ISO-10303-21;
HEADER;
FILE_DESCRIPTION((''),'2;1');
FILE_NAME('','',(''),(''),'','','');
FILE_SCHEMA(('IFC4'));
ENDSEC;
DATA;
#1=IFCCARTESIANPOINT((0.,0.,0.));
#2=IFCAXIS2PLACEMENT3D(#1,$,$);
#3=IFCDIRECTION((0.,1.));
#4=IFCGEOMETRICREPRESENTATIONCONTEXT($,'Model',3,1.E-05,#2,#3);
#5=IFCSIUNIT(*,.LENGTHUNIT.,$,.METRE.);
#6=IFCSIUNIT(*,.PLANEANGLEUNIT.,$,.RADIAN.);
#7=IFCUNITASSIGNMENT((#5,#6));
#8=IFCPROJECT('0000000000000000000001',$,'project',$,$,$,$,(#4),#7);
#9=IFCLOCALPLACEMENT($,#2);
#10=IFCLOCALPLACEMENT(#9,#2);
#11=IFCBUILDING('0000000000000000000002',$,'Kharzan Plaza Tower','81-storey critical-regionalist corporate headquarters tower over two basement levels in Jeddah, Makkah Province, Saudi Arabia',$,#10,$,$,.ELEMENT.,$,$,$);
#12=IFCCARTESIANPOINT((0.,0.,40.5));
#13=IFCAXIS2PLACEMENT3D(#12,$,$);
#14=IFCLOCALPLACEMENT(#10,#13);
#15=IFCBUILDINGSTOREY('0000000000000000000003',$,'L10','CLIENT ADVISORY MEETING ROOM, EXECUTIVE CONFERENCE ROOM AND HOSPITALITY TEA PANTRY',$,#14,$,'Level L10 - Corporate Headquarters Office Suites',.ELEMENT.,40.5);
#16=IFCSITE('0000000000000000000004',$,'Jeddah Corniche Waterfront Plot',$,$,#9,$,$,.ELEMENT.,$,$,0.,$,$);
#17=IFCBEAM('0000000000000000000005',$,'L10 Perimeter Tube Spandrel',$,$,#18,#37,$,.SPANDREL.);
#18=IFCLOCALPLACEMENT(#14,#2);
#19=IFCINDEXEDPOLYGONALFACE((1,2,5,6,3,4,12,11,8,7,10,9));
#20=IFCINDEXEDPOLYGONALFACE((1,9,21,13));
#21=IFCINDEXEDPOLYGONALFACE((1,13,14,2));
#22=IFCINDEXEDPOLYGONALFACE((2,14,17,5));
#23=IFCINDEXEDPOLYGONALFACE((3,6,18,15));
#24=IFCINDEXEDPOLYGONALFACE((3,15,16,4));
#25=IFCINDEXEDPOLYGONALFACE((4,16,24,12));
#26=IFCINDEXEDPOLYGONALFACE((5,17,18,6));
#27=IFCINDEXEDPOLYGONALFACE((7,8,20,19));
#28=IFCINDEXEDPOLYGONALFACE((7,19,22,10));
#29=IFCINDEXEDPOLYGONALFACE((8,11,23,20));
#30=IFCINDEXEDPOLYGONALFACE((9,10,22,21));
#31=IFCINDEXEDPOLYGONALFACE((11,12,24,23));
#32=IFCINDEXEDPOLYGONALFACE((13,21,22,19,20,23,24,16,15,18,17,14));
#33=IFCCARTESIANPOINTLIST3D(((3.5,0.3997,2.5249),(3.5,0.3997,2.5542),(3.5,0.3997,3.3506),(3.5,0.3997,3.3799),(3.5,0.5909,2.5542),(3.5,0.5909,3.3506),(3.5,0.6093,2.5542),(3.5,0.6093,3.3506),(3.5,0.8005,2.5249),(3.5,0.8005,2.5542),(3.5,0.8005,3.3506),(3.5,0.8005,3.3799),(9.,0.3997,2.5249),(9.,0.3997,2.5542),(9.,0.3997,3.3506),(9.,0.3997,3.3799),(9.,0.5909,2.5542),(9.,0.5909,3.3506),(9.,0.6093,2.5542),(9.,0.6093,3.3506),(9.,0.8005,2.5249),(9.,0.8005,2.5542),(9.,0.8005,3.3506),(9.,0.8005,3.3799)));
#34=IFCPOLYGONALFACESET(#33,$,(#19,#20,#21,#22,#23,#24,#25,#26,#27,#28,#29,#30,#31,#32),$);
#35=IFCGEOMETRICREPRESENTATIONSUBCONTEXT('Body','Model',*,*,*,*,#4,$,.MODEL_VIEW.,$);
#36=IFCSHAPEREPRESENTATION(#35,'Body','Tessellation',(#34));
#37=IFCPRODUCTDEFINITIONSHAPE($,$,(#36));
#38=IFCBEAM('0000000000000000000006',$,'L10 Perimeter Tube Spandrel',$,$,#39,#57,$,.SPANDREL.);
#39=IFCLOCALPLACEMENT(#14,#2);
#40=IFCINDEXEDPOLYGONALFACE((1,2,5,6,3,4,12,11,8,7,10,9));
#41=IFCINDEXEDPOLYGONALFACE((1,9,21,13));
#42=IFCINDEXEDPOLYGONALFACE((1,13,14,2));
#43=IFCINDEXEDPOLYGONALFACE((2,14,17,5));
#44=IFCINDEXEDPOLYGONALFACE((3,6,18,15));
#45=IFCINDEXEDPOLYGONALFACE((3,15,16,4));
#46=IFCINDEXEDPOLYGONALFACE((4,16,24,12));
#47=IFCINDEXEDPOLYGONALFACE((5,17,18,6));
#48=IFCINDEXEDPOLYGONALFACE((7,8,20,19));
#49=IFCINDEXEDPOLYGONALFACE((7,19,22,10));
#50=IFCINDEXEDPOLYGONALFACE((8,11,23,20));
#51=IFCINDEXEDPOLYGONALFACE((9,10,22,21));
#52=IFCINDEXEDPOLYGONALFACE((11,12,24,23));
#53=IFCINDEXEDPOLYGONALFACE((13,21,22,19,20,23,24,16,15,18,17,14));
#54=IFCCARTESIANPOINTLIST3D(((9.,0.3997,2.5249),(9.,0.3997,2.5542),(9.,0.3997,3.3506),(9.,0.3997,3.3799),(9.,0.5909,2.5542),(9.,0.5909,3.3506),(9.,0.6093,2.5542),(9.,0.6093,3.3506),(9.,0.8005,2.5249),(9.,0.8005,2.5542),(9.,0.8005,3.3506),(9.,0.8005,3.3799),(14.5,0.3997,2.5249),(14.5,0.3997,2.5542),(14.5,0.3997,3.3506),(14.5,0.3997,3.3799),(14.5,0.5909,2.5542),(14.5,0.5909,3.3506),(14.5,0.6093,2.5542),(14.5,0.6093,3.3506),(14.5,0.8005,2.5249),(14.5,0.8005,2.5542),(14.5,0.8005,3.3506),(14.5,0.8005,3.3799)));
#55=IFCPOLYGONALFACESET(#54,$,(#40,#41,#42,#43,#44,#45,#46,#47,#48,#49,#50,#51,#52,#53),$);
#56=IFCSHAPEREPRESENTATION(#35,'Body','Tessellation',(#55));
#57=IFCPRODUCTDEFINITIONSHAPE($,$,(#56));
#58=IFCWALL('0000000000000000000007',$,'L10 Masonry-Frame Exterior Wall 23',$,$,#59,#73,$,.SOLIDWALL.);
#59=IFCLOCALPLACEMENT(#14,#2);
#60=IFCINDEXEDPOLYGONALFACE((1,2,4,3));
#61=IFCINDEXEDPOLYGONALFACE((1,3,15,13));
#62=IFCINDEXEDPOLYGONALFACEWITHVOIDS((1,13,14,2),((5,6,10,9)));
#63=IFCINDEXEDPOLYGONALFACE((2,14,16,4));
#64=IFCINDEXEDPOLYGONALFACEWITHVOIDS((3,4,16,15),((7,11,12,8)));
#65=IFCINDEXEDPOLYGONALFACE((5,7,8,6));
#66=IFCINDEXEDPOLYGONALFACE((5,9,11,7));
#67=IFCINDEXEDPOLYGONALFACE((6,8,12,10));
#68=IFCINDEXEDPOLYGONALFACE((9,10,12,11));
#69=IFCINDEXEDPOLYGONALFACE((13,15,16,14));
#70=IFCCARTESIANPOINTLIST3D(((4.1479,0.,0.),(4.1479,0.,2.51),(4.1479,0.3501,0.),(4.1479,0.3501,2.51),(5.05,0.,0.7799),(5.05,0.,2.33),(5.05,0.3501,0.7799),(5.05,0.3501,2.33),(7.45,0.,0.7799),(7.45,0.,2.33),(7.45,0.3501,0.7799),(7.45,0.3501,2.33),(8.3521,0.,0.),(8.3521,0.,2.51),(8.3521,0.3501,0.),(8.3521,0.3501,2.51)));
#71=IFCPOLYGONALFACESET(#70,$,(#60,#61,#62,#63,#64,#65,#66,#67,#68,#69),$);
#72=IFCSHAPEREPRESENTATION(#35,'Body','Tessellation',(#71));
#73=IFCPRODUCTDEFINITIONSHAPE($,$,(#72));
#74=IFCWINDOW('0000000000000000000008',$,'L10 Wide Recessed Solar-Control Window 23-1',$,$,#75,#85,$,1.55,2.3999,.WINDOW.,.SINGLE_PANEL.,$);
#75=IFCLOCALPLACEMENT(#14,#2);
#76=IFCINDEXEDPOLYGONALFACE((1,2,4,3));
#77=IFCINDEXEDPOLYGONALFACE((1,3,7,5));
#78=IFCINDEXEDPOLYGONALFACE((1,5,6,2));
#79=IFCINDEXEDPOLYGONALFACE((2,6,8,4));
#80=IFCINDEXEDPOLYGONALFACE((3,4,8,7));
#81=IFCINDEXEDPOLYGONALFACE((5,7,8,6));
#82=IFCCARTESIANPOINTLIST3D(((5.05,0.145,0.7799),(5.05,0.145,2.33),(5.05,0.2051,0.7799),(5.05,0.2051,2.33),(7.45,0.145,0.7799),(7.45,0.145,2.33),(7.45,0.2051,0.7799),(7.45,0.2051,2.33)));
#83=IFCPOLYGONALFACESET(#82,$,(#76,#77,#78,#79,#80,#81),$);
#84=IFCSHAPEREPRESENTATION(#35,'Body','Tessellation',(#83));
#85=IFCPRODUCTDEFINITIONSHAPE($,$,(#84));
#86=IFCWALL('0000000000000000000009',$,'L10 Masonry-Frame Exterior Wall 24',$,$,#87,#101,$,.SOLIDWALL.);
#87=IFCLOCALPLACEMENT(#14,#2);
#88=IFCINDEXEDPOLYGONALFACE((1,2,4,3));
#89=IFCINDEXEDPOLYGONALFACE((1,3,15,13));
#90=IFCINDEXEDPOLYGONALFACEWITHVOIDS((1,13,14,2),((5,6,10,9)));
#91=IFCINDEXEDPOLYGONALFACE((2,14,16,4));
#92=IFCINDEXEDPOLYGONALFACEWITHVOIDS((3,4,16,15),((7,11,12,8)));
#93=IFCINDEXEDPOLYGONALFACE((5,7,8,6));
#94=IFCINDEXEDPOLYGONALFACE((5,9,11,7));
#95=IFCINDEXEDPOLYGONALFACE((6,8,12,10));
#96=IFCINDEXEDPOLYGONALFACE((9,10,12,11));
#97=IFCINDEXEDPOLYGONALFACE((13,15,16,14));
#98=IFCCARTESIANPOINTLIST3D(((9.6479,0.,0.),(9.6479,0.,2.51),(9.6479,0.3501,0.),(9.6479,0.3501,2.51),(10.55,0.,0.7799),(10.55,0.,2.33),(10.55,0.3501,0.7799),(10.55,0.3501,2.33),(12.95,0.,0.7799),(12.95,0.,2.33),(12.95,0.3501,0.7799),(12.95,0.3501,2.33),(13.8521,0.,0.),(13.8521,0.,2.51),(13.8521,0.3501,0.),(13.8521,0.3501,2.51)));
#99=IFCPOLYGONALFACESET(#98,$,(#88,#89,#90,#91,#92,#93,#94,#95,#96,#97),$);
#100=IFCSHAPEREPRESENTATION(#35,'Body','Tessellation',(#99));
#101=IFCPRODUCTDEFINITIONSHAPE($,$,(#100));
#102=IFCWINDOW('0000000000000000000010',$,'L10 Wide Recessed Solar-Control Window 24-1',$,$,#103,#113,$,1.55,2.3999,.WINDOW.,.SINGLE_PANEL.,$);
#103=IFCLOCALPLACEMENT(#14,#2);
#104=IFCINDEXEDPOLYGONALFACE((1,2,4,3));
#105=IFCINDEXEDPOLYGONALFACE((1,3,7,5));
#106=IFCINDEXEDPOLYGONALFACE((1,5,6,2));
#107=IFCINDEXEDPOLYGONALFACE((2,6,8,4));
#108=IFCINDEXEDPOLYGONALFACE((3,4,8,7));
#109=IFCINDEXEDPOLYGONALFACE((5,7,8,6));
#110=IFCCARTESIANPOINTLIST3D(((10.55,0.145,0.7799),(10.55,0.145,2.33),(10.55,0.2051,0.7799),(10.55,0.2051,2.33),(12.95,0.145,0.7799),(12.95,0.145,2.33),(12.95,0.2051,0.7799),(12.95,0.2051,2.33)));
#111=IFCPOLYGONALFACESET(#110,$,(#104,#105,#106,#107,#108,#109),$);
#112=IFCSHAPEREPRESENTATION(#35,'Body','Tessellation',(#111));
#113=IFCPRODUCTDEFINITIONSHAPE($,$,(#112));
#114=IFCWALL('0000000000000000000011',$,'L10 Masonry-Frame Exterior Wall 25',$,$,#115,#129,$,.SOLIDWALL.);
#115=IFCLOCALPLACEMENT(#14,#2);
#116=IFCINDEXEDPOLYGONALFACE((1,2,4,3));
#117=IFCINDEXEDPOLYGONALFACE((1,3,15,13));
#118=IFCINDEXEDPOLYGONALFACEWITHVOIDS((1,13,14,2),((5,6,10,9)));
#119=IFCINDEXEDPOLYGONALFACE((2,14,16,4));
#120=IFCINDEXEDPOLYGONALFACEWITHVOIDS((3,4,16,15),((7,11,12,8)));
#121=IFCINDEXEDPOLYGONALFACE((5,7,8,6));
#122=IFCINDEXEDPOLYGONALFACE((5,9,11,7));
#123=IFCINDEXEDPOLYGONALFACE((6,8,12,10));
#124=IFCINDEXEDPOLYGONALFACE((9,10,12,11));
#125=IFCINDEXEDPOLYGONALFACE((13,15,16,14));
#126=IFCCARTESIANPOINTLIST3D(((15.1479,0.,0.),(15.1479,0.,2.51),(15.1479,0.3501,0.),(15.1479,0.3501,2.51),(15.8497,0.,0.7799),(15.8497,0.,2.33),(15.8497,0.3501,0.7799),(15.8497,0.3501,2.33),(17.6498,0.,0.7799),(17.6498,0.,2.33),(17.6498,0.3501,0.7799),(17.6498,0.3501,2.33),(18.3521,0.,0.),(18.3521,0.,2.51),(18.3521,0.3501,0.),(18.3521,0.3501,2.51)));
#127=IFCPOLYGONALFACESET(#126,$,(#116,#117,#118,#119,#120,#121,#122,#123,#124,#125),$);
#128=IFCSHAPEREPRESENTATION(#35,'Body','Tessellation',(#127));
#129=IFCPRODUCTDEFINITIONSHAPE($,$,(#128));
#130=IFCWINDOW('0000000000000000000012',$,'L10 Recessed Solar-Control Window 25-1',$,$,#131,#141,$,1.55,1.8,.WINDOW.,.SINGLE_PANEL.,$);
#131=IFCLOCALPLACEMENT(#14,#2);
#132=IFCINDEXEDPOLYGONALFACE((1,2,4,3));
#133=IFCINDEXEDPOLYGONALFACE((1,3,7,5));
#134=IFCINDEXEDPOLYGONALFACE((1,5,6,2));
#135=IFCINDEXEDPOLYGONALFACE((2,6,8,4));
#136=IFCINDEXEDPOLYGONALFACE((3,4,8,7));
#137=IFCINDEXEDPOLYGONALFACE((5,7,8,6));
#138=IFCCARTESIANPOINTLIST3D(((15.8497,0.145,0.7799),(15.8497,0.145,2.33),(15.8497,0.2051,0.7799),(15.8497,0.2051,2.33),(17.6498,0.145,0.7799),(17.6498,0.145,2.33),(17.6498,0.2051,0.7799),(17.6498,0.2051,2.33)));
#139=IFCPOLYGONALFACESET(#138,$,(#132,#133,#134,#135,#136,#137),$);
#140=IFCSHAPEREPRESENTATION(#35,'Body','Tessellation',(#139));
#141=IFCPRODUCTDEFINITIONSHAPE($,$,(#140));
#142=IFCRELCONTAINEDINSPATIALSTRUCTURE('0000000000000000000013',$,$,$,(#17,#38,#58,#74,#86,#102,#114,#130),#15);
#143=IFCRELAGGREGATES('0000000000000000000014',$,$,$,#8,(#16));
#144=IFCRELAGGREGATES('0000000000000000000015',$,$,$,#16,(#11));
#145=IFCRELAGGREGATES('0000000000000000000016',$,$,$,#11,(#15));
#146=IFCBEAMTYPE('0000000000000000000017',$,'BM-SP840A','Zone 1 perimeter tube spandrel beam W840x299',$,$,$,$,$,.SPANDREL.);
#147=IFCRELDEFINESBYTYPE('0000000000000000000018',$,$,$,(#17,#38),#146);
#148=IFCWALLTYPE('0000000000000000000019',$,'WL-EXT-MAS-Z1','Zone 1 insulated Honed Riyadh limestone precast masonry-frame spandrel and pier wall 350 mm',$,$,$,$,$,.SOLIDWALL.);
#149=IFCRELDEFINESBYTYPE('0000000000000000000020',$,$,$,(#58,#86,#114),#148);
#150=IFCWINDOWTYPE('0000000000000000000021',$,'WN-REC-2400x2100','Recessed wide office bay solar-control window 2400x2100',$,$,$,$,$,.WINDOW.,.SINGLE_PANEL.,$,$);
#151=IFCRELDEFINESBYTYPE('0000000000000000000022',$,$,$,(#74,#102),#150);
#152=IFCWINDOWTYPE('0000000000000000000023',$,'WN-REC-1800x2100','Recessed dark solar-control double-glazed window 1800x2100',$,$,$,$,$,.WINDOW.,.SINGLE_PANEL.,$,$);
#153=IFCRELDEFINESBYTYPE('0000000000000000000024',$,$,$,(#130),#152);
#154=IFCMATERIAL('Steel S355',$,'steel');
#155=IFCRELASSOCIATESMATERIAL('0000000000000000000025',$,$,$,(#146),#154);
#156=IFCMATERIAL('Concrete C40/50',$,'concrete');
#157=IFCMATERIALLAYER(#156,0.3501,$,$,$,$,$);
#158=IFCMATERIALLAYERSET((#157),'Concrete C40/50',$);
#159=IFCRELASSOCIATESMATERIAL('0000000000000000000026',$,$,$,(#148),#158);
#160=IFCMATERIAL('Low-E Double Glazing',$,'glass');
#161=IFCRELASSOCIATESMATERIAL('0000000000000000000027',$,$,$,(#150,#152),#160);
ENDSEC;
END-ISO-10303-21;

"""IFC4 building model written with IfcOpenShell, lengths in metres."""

from ifc_helpers import new_model, si_unit, direction, frame, frame_2d, origin, origin_2d, place, context, subcontext, project, spatial, rectangle, i_section, extrude, source, transform, mapped, material, layer, layer_set, material_profile, profile_set, type_object, element, fill, save


model = new_model("IFC4")

# Units and contexts
model_context = context("Model", 3, precision=1e-05, world=origin(), true_north=direction((0.0, 1.0)))
body_context = subcontext(model_context, "Body", "Model", "MODEL_VIEW")
ifc_project = project(units=[si_unit("LENGTHUNIT", "METRE"), si_unit("PLANEANGLEUNIT", "RADIAN")], contexts=[model_context])

# Site, building, storey
site_placement = place(None, origin())
site = spatial("IfcSite", under=ifc_project, at=site_placement, Name="Jeddah Corniche Waterfront Plot", CompositionType="ELEMENT", RefElevation=0.0)
building_placement = place(site_placement, origin())
building = spatial("IfcBuilding", under=site, at=building_placement, Name="Kharzan Plaza Tower", Description="81-storey critical-regionalist corporate headquarters tower over two basement levels in Jeddah, Makkah Province, Saudi Arabia", CompositionType="ELEMENT")
storey_placement = place(building_placement, frame((0.0, 0.0, 40.5)))
storey = spatial("IfcBuildingStorey", under=building, at=storey_placement, Name="L10", Description="CLIENT ADVISORY MEETING ROOM, EXECUTIVE CONFERENCE ROOM AND HOSPITALITY TEA PANTRY", LongName="Level L10 - Corporate Headquarters Office Suites", CompositionType="ELEMENT", Elevation=40.5)

# Beams
ifc_material_1 = material(Name="Steel S355", Category="steel")
ifc_material_profile_1 = material_profile(ifc_material_1, i_section(OverallWidth=0.4009, OverallDepth=0.855, WebThickness=0.0183, FlangeThickness=0.0293, at=origin_2d()), Name="W840x299")
ifc_profile_set_1 = profile_set([ifc_material_profile_1], Name="Steel S355")
beam_type_1 = type_object("IfcBeamType", Name="BM-SP840A", Description="Zone 1 perimeter tube spandrel beam W840x299", PredefinedType="SPANDREL", material=ifc_profile_set_1)
shared_shape_1 = source(origin(), body_context, "Body", "SweptSolid", [
    extrude(i_section(OverallWidth=0.4009, OverallDepth=0.855, WebThickness=0.0183, FlangeThickness=0.0293, at=origin_2d()), origin(), (0.0, 0.0, 1.0), 5.5),
])
for number, where, z_axis, x_axis, name in (
    (1, (3.5, 0.6001, 2.9524), (1.0, 0.0, 0.0), (0.0, 1.0, 0.0), "L10 Perimeter Tube Spandrel"),
    (2, (9.0, 0.6001, 2.9524), (1.0, 0.0, 0.0), (0.0, 1.0, 0.0), "L10 Perimeter Tube Spandrel"),
):
    element("IfcBeam", number, at=place(storey_placement, frame(where, z_axis=z_axis, x_axis=x_axis)), inside=storey, type_object=beam_type_1, Name=name, PredefinedType="SPANDREL", context=body_context, shape_type="MappedRepresentation", body=[
        mapped(shared_shape_1, transform((0.0, 0.0, 0.0), x_axis=(1.0, 0.0, 0.0), y_axis=(0.0, 1.0, 0.0), z_axis=(0.0, 0.0, 1.0))),
    ])

# Walls, openings, windows
ifc_material_2 = material(Name="Concrete C40/50", Category="concrete")
ifc_layer_1 = layer(ifc_material_2, 0.3501)
ifc_layer_set_1 = layer_set([ifc_layer_1], Name="Concrete C40/50")
wall_type_1 = type_object("IfcWallType", Name="WL-EXT-MAS-Z1", Description="Zone 1 insulated Honed Riyadh limestone precast masonry-frame spandrel and pier wall 350 mm", PredefinedType="SOLIDWALL", material=ifc_layer_set_1)
wall_1_placement = place(storey_placement, frame((4.1479, 0.175, 0.0), z_axis=(0.0, 0.0, 1.0), x_axis=(1.0, 0.0, 0.0)))
wall_1 = element("IfcWall", 3, at=wall_1_placement, inside=storey, type_object=wall_type_1, Name="L10 Masonry-Frame Exterior Wall 23", PredefinedType="SOLIDWALL", context=body_context, shape_type="SweptSolid", body=[
    extrude(rectangle(XDim=4.2041, YDim=0.3501, at=frame_2d((2.1021, 0.0))), origin(), (0.0, 0.0, 1.0), 2.51),
])
opening_1_placement = place(wall_1_placement, frame((0.9021, 0.0, 0.78)))
opening_1 = element("IfcOpeningElement", 4, at=opening_1_placement, cuts=wall_1, PredefinedType="OPENING", context=body_context, shape_type="SweptSolid", body=[
    extrude(rectangle(XDim=2.3999, YDim=1.55, at=frame_2d((1.2, 0.7749))), frame((0.0, 0.1851, 0.0), z_axis=(0.0, -1.0, 0.0), x_axis=(1.0, 0.0, 0.0)), (0.0, 0.0, 1.0), 0.3701),
])
ifc_material_3 = material(Name="Low-E Double Glazing", Category="glass")
window_type_1 = type_object("IfcWindowType", Name="WN-REC-2400x2100", Description="Recessed wide office bay solar-control window 2400x2100", PartitioningType="SINGLE_PANEL", PredefinedType="WINDOW", material=ifc_material_3)
shared_shape_2 = source(origin(), body_context, "Body", "SweptSolid", [
    extrude(rectangle(XDim=2.3999, YDim=1.55, at=frame_2d((1.2, 0.7749))), frame((0.0, 0.03, 0.0), z_axis=(0.0, -1.0, 0.0), x_axis=(1.0, 0.0, 0.0)), (0.0, 0.0, 1.0), 0.0601),
])
window_1_placement = place(opening_1_placement, origin())
window_1 = element("IfcWindow", 5, at=window_1_placement, inside=storey, type_object=window_type_1, Name="L10 Wide Recessed Solar-Control Window 23-1", OverallHeight=1.55, OverallWidth=2.3999, PartitioningType="SINGLE_PANEL", PredefinedType="WINDOW", context=body_context, shape_type="MappedRepresentation", body=[
    mapped(shared_shape_2, transform((0.0, 0.0, 0.0), x_axis=(1.0, 0.0, 0.0), y_axis=(0.0, 1.0, 0.0), z_axis=(0.0, 0.0, 1.0))),
])
fill(opening_1, window_1)
wall_2_placement = place(storey_placement, frame((9.6479, 0.175, 0.0), z_axis=(0.0, 0.0, 1.0), x_axis=(1.0, 0.0, 0.0)))
wall_2 = element("IfcWall", 6, at=wall_2_placement, inside=storey, type_object=wall_type_1, Name="L10 Masonry-Frame Exterior Wall 24", PredefinedType="SOLIDWALL", context=body_context, shape_type="SweptSolid", body=[
    extrude(rectangle(XDim=4.2041, YDim=0.3501, at=frame_2d((2.1021, 0.0))), origin(), (0.0, 0.0, 1.0), 2.51),
])
opening_2_placement = place(wall_2_placement, frame((0.9021, 0.0, 0.78)))
opening_2 = element("IfcOpeningElement", 7, at=opening_2_placement, cuts=wall_2, PredefinedType="OPENING", context=body_context, shape_type="SweptSolid", body=[
    extrude(rectangle(XDim=2.3999, YDim=1.55, at=frame_2d((1.2, 0.7749))), frame((0.0, 0.1851, 0.0), z_axis=(0.0, -1.0, 0.0), x_axis=(1.0, 0.0, 0.0)), (0.0, 0.0, 1.0), 0.3701),
])
window_2_placement = place(opening_2_placement, origin())
window_2 = element("IfcWindow", 8, at=window_2_placement, inside=storey, type_object=window_type_1, Name="L10 Wide Recessed Solar-Control Window 24-1", OverallHeight=1.55, OverallWidth=2.3999, PartitioningType="SINGLE_PANEL", PredefinedType="WINDOW", context=body_context, shape_type="MappedRepresentation", body=[
    mapped(shared_shape_2, transform((0.0, 0.0, 0.0), x_axis=(1.0, 0.0, 0.0), y_axis=(0.0, 1.0, 0.0), z_axis=(0.0, 0.0, 1.0))),
])
fill(opening_2, window_2)
wall_3_placement = place(storey_placement, frame((15.1479, 0.175, 0.0), z_axis=(0.0, 0.0, 1.0), x_axis=(1.0, 0.0, 0.0)))
wall_3 = element("IfcWall", 9, at=wall_3_placement, inside=storey, type_object=wall_type_1, Name="L10 Masonry-Frame Exterior Wall 25", PredefinedType="SOLIDWALL", context=body_context, shape_type="SweptSolid", body=[
    extrude(rectangle(XDim=3.2041, YDim=0.3501, at=frame_2d((1.6021, 0.0))), origin(), (0.0, 0.0, 1.0), 2.51),
])
opening_3_placement = place(wall_3_placement, frame((0.7019, 0.0, 0.78)))
opening_3 = element("IfcOpeningElement", 10, at=opening_3_placement, cuts=wall_3, PredefinedType="OPENING", context=body_context, shape_type="SweptSolid", body=[
    extrude(rectangle(XDim=1.8, YDim=1.55, at=frame_2d((0.8999, 0.7749))), frame((0.0, 0.1851, 0.0), z_axis=(0.0, -1.0, 0.0), x_axis=(1.0, 0.0, 0.0)), (0.0, 0.0, 1.0), 0.3701),
])
window_type_2 = type_object("IfcWindowType", Name="WN-REC-1800x2100", Description="Recessed dark solar-control double-glazed window 1800x2100", PartitioningType="SINGLE_PANEL", PredefinedType="WINDOW", material=ifc_material_3)
shared_shape_3 = source(origin(), body_context, "Body", "SweptSolid", [
    extrude(rectangle(XDim=1.8, YDim=1.55, at=frame_2d((0.8999, 0.7749))), frame((0.0, 0.03, 0.0), z_axis=(0.0, -1.0, 0.0), x_axis=(1.0, 0.0, 0.0)), (0.0, 0.0, 1.0), 0.0601),
])
window_3_placement = place(opening_3_placement, origin())
window_3 = element("IfcWindow", 11, at=window_3_placement, inside=storey, type_object=window_type_2, Name="L10 Recessed Solar-Control Window 25-1", OverallHeight=1.55, OverallWidth=1.8, PartitioningType="SINGLE_PANEL", PredefinedType="WINDOW", context=body_context, shape_type="MappedRepresentation", body=[
    mapped(shared_shape_3, transform((0.0, 0.0, 0.0), x_axis=(1.0, 0.0, 0.0), y_axis=(0.0, 1.0, 0.0), z_axis=(0.0, 0.0, 1.0))),
])
fill(opening_3, window_3)

save(model, "model.ifc")
